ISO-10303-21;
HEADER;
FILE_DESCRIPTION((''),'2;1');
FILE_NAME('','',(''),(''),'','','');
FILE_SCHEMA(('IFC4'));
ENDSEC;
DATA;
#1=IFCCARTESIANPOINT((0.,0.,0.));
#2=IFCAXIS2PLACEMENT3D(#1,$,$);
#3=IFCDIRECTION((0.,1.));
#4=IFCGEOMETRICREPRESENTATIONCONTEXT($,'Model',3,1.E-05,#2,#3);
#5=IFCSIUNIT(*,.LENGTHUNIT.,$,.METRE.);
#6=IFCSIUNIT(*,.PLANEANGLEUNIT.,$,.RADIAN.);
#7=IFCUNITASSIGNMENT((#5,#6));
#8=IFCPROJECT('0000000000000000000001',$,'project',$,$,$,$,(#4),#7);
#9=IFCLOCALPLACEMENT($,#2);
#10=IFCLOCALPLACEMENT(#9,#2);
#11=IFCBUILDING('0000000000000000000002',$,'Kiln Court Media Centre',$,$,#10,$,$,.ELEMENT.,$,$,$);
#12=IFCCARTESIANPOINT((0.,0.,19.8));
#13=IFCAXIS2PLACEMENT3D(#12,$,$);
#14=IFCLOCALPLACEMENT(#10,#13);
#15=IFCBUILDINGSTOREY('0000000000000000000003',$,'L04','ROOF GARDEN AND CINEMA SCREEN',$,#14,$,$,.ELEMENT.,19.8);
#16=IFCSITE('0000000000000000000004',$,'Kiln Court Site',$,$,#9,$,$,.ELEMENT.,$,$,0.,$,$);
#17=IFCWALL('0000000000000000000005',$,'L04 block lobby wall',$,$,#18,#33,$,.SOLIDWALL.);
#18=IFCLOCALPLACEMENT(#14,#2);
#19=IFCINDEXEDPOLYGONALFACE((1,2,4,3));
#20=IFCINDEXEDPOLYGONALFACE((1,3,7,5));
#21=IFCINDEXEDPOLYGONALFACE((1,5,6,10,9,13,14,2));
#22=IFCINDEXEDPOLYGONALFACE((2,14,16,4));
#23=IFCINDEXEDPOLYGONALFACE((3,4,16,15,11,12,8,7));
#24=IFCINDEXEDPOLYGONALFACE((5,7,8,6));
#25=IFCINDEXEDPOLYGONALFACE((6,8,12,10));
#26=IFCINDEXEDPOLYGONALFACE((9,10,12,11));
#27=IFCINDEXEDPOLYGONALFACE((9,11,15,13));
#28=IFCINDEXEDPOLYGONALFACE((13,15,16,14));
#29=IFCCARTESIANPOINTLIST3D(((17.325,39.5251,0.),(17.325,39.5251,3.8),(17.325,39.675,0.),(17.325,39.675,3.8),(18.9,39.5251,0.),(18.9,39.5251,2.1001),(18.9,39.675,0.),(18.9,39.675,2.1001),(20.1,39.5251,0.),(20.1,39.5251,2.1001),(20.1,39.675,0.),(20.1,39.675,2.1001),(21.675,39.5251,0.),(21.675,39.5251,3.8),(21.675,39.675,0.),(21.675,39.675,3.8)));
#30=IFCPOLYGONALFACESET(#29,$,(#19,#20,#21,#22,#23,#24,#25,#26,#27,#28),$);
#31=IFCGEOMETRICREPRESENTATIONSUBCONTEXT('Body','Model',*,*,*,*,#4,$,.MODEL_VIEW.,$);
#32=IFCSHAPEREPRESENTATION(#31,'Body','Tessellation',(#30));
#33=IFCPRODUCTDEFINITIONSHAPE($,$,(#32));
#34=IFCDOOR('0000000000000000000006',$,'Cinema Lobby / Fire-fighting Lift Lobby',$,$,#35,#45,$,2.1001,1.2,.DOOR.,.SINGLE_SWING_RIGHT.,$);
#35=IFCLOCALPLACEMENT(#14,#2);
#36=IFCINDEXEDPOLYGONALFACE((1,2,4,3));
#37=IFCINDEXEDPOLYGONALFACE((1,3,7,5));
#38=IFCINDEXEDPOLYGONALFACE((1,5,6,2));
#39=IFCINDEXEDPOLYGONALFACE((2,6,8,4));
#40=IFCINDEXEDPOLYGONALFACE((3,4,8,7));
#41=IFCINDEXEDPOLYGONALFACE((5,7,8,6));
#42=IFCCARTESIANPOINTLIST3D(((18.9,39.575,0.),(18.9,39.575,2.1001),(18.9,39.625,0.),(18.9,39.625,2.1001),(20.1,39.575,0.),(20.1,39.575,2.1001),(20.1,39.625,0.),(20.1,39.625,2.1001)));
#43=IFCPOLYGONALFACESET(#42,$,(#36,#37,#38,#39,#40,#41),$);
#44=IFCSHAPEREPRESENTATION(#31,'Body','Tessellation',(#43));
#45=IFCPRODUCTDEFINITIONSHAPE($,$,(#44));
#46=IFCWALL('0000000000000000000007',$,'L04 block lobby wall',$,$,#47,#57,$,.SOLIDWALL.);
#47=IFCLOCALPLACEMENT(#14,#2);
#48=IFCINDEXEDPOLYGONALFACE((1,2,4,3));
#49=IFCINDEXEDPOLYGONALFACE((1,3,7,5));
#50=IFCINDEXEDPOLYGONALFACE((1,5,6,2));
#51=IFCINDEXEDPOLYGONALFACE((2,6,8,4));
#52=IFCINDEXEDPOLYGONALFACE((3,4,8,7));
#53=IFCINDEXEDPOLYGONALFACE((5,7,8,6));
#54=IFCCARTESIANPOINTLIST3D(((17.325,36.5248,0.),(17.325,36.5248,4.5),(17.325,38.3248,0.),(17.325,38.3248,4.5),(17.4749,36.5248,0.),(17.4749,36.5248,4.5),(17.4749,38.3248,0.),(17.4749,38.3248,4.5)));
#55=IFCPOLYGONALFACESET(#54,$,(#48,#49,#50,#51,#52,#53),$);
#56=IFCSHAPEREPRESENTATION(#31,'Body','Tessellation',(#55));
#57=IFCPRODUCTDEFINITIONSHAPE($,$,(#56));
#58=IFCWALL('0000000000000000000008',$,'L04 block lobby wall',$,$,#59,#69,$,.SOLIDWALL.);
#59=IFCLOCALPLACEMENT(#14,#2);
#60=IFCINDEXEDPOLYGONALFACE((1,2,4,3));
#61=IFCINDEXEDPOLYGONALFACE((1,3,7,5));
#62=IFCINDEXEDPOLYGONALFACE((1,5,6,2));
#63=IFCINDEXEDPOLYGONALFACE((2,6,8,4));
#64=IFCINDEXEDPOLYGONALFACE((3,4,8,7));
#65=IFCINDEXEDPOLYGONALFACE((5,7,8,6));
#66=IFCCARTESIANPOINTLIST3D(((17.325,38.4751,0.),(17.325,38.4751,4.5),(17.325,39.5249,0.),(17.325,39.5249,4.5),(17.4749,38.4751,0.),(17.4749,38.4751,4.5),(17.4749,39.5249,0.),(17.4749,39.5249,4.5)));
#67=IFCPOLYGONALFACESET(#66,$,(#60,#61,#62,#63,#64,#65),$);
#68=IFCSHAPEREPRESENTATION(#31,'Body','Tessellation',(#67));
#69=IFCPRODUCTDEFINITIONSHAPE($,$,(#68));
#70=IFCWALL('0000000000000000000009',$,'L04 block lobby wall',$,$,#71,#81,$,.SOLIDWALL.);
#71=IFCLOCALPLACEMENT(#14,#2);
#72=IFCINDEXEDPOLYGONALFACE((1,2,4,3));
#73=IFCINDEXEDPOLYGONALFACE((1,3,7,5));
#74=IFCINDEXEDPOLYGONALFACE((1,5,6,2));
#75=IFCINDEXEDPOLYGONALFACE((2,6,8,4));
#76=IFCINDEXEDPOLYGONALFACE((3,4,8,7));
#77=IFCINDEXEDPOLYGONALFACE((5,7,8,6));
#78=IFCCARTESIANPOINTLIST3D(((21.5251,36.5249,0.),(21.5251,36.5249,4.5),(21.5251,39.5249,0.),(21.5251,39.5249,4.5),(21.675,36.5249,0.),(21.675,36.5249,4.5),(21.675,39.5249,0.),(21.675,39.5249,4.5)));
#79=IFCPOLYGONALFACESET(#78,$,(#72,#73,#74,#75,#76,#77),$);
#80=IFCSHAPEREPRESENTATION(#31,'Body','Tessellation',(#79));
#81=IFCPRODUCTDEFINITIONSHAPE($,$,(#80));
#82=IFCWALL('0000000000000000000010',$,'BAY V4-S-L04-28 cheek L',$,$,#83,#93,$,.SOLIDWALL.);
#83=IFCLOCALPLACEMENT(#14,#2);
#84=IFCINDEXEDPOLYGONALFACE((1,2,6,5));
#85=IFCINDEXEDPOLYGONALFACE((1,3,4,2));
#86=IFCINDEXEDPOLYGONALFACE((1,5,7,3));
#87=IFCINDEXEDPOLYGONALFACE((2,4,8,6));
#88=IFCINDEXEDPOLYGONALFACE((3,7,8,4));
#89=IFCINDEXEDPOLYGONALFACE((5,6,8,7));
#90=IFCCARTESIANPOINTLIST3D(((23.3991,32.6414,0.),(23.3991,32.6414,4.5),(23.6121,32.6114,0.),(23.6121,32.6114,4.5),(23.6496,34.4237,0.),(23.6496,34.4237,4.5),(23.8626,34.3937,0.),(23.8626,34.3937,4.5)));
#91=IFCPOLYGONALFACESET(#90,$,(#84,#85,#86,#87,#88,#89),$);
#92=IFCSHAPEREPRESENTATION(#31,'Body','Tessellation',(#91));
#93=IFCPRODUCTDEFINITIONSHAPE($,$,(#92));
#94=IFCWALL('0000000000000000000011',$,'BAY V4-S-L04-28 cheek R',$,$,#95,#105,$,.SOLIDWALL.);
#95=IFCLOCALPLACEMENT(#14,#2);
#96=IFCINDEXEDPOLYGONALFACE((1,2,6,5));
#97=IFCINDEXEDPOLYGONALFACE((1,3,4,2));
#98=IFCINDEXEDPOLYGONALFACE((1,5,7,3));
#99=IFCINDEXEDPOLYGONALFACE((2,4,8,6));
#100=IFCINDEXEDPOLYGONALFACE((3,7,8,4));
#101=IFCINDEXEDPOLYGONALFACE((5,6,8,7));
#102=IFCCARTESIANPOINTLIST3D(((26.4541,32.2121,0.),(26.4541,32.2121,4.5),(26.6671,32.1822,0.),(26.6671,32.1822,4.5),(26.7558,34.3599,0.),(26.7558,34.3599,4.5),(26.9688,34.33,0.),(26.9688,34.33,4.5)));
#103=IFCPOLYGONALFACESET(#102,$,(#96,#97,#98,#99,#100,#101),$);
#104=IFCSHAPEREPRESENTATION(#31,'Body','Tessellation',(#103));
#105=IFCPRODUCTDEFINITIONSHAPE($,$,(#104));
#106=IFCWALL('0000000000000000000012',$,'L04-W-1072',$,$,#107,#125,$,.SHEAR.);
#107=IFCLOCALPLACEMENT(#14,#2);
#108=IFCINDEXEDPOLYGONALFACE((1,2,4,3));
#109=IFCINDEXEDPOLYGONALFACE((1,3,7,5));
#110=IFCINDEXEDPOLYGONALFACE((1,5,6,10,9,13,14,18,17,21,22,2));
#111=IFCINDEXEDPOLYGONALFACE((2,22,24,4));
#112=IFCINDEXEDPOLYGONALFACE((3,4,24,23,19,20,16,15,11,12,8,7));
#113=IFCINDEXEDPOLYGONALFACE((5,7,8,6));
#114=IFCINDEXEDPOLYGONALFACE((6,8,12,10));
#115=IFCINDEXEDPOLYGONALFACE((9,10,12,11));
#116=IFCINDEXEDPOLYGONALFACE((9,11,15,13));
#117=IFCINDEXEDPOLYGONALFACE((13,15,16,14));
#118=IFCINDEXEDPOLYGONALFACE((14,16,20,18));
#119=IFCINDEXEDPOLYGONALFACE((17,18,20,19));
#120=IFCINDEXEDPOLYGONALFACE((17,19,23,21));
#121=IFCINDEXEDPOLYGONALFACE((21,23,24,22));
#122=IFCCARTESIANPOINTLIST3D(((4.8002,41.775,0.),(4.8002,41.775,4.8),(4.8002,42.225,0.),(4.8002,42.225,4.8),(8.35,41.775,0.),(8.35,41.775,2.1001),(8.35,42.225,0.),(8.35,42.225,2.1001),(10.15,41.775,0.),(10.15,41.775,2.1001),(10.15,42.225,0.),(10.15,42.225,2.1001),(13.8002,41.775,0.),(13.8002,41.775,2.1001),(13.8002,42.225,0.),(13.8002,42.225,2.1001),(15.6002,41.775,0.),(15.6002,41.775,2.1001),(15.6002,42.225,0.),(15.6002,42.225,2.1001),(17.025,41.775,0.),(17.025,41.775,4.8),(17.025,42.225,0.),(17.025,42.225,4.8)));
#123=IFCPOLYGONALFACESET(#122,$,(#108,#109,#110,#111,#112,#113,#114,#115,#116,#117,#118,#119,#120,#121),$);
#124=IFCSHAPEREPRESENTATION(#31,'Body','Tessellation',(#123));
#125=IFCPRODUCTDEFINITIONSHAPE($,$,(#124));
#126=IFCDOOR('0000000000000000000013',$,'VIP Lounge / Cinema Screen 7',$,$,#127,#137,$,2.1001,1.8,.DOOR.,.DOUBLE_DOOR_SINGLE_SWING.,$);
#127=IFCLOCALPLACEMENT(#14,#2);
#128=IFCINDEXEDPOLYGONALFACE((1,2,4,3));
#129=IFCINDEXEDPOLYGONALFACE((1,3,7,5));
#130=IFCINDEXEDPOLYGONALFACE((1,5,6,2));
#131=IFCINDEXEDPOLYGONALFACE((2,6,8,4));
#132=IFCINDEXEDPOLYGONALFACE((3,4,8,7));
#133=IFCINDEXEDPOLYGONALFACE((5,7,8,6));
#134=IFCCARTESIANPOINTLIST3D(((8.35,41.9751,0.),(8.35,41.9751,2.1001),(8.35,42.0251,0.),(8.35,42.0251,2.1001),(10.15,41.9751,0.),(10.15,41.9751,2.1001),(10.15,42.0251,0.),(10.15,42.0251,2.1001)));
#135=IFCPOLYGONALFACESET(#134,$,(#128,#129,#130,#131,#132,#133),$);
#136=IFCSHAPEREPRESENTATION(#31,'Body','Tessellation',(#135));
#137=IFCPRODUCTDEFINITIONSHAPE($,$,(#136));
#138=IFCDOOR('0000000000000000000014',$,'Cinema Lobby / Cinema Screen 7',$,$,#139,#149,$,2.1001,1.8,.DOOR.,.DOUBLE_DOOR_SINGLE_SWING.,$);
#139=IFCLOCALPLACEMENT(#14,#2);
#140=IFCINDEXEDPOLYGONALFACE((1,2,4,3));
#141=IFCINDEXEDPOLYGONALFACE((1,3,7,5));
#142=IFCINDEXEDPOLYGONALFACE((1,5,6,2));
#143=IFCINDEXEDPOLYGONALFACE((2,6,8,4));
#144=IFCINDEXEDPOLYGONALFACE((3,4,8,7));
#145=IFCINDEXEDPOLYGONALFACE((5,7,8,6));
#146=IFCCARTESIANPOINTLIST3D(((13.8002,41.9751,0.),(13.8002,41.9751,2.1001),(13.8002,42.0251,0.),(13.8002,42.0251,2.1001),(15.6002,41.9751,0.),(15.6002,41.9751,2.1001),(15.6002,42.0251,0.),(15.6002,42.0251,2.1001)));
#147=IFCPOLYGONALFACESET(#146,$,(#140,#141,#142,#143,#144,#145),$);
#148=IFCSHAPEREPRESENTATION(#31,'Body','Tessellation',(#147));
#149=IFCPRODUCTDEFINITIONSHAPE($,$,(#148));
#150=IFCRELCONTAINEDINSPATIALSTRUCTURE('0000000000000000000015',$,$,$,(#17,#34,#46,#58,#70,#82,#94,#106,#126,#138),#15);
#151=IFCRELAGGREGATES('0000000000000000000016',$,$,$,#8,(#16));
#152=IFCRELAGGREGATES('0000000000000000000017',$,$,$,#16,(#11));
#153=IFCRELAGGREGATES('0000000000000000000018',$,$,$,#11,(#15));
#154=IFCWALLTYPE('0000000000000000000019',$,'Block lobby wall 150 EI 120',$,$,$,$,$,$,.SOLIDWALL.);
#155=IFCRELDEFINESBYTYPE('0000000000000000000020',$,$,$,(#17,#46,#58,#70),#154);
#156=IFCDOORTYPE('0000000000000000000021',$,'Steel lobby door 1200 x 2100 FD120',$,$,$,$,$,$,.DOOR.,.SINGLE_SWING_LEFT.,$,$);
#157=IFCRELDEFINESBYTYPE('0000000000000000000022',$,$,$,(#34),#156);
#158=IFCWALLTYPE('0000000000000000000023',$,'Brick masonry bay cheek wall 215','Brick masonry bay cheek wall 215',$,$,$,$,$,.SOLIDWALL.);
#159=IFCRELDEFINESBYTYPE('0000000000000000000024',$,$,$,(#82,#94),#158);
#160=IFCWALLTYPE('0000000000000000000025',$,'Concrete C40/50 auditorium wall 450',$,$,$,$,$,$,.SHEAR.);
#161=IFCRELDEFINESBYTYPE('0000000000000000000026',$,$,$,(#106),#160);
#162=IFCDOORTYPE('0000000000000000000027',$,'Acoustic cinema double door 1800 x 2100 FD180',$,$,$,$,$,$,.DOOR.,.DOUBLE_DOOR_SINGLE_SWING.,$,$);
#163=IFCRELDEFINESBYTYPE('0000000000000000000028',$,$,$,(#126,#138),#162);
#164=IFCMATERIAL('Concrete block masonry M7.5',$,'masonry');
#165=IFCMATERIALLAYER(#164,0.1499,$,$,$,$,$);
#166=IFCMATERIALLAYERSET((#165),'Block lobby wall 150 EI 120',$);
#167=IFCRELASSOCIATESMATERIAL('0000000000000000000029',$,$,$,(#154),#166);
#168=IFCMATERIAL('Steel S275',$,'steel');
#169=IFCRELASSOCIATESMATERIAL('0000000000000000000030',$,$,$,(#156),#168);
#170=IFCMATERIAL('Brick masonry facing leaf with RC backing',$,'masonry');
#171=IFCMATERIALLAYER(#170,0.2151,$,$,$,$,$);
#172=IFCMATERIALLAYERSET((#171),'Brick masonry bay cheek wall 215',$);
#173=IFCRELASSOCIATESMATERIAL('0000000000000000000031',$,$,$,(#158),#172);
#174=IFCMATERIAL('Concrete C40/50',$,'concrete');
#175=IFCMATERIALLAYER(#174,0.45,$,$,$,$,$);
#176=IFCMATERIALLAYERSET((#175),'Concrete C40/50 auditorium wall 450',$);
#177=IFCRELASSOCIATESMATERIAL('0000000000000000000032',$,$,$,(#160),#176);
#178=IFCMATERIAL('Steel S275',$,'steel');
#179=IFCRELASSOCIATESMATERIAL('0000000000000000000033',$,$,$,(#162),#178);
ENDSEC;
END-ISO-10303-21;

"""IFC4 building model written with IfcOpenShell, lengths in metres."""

from ifc_helpers import new_model, si_unit, direction, frame, frame_2d, origin, place, context, subcontext, project, spatial, rectangle, extrude, material, layer, layer_set, type_object, element, fill, save


model = new_model("IFC4")

# Units and contexts
model_context = context("Model", 3, precision=1e-05, world=origin(), true_north=direction((0.0, 1.0)))
body_context = subcontext(model_context, "Body", "Model", "MODEL_VIEW")
ifc_project = project(units=[si_unit("LENGTHUNIT", "METRE"), si_unit("PLANEANGLEUNIT", "RADIAN")], contexts=[model_context])

# Site, building, storey
site_placement = place(None, origin())
site = spatial("IfcSite", under=ifc_project, at=site_placement, Name="Kiln Court Site", CompositionType="ELEMENT", RefElevation=0.0)
building_placement = place(site_placement, origin())
building = spatial("IfcBuilding", under=site, at=building_placement, Name="Kiln Court Media Centre", CompositionType="ELEMENT")
storey_placement = place(building_placement, frame((0.0, 0.0, 19.8)))
storey = spatial("IfcBuildingStorey", under=building, at=storey_placement, Name="L04", Description="ROOF GARDEN AND CINEMA SCREEN", CompositionType="ELEMENT", Elevation=19.8)

# Wall, opening, door
ifc_material_1 = material(Name="Concrete block masonry M7.5", Category="masonry")
ifc_layer_1 = layer(ifc_material_1, 0.1499)
ifc_layer_set_1 = layer_set([ifc_layer_1], Name="Block lobby wall 150 EI 120")
wall_type_1 = type_object("IfcWallType", Name="Block lobby wall 150 EI 120", PredefinedType="SOLIDWALL", material=ifc_layer_set_1)
wall_1_placement = place(storey_placement, frame((17.325, 39.6001, 0.0), z_axis=(0.0, 0.0, 1.0), x_axis=(1.0, 0.0, 0.0)))
wall_1 = element("IfcWall", 1, at=wall_1_placement, inside=storey, type_object=wall_type_1, Name="L04 block lobby wall", PredefinedType="SOLIDWALL", context=body_context, shape_type="SweptSolid", body=[
    extrude(rectangle(XDim=4.3501, YDim=0.1499, at=frame_2d((2.175, 0.0))), origin(), (0.0, 0.0, 1.0), 3.8),
])
opening_1_placement = place(wall_1_placement, frame((1.575, 0.0, 0.0)))
opening_1 = element("IfcOpeningElement", 2, at=opening_1_placement, cuts=wall_1, PredefinedType="OPENING", context=body_context, shape_type="SweptSolid", body=[
    extrude(rectangle(XDim=1.2, YDim=2.1001, at=frame_2d((0.6001, 1.05))), frame((0.0, 0.085, 0.0), z_axis=(0.0, -1.0, 0.0), x_axis=(1.0, 0.0, 0.0)), (0.0, 0.0, 1.0), 0.1699),
])
ifc_material_2 = material(Name="Steel S275", Category="steel")
door_type_1 = type_object("IfcDoorType", Name="Steel lobby door 1200 x 2100 FD120", OperationType="SINGLE_SWING_LEFT", PredefinedType="DOOR", material=ifc_material_2)
door_1_placement = place(opening_1_placement, origin())
door_1 = element("IfcDoor", 3, at=door_1_placement, inside=storey, type_object=door_type_1, Name="Cinema Lobby / Fire-fighting Lift Lobby", OperationType="SINGLE_SWING_RIGHT", OverallHeight=2.1001, OverallWidth=1.2, PredefinedType="DOOR", context=body_context, shape_type="SweptSolid", body=[
    extrude(rectangle(XDim=1.2, YDim=2.1001, at=frame_2d((0.6001, 1.05))), frame((0.0, 0.0249, 0.0), z_axis=(0.0, -1.0, 0.0), x_axis=(1.0, 0.0, 0.0)), (0.0, 0.0, 1.0), 0.05),
])
fill(opening_1, door_1)

# Walls
wall_2_placement = place(storey_placement, frame((17.3999, 36.5249, 0.0), z_axis=(0.0, 0.0, 1.0), x_axis=(0.0, 1.0, 0.0)))
element("IfcWall", 4, at=wall_2_placement, inside=storey, type_object=wall_type_1, Name="L04 block lobby wall", PredefinedType="SOLIDWALL", context=body_context, shape_type="SweptSolid", body=[
    extrude(rectangle(XDim=1.8, YDim=0.1499, at=frame_2d((0.8999, 0.0))), origin(), (0.0, 0.0, 1.0), 4.5),
])
wall_3_placement = place(storey_placement, frame((17.3999, 38.4751, 0.0), z_axis=(0.0, 0.0, 1.0), x_axis=(0.0, 1.0, 0.0)))
element("IfcWall", 5, at=wall_3_placement, inside=storey, type_object=wall_type_1, Name="L04 block lobby wall", PredefinedType="SOLIDWALL", context=body_context, shape_type="SweptSolid", body=[
    extrude(rectangle(XDim=1.0498, YDim=0.1499, at=frame_2d((0.5249, 0.0))), origin(), (0.0, 0.0, 1.0), 4.5),
])
wall_4_placement = place(storey_placement, frame((21.6001, 36.5249, 0.0), z_axis=(0.0, 0.0, 1.0), x_axis=(0.0, 1.0, 0.0)))
element("IfcWall", 6, at=wall_4_placement, inside=storey, type_object=wall_type_1, Name="L04 block lobby wall", PredefinedType="SOLIDWALL", context=body_context, shape_type="SweptSolid", body=[
    extrude(rectangle(XDim=3.0, YDim=0.1499, at=frame_2d((1.5, 0.0))), origin(), (0.0, 0.0, 1.0), 4.5),
])
ifc_material_3 = material(Name="Brick masonry facing leaf with RC backing", Category="masonry")
ifc_layer_2 = layer(ifc_material_3, 0.2151)
ifc_layer_set_2 = layer_set([ifc_layer_2], Name="Brick masonry bay cheek wall 215")
wall_type_2 = type_object("IfcWallType", Name="Brick masonry bay cheek wall 215", Description="Brick masonry bay cheek wall 215", PredefinedType="SOLIDWALL", material=ifc_layer_set_2)
wall_5_placement = place(storey_placement, frame((23.7561, 34.4087, 0.0), z_axis=(0.0, 0.0, 1.0), x_axis=(-0.13918, -0.990267, 0.0)))
element("IfcWall", 7, at=wall_5_placement, inside=storey, type_object=wall_type_2, Name="BAY V4-S-L04-28 cheek L", PredefinedType="SOLIDWALL", context=body_context, shape_type="SweptSolid", body=[
    extrude(rectangle(XDim=1.7998, YDim=0.2151, at=frame_2d((0.8999, 0.0))), origin(), (0.0, 0.0, 1.0), 4.5),
])
wall_6_placement = place(storey_placement, frame((26.8623, 34.345, 0.0), z_axis=(0.0, 0.0, 1.0), x_axis=(-0.13912, -0.990275, 0.0)))
element("IfcWall", 8, at=wall_6_placement, inside=storey, type_object=wall_type_2, Name="BAY V4-S-L04-28 cheek R", PredefinedType="SOLIDWALL", context=body_context, shape_type="SweptSolid", body=[
    extrude(rectangle(XDim=2.1689, YDim=0.2151, at=frame_2d((1.0845, 0.0))), origin(), (0.0, 0.0, 1.0), 4.5),
])

# Wall, openings, doors
ifc_material_4 = material(Name="Concrete C40/50", Category="concrete")
ifc_layer_3 = layer(ifc_material_4, 0.45)
ifc_layer_set_3 = layer_set([ifc_layer_3], Name="Concrete C40/50 auditorium wall 450")
wall_type_3 = type_object("IfcWallType", Name="Concrete C40/50 auditorium wall 450", PredefinedType="SHEAR", material=ifc_layer_set_3)
wall_7_placement = place(storey_placement, frame((17.0249, 42.0, 0.0), z_axis=(0.0, 0.0, 1.0), x_axis=(-1.0, 0.0, 0.0)))
wall_7 = element("IfcWall", 9, at=wall_7_placement, inside=storey, type_object=wall_type_3, Name="L04-W-1072", PredefinedType="SHEAR", context=body_context, shape_type="SweptSolid", body=[
    extrude(rectangle(XDim=12.2249, YDim=0.45, at=frame_2d((6.1123, 0.0))), origin(), (0.0, 0.0, 1.0), 4.8),
])
opening_2_placement = place(wall_7_placement, frame((6.875, 0.0, 0.0)))
opening_2 = element("IfcOpeningElement", 10, at=opening_2_placement, cuts=wall_7, PredefinedType="OPENING", context=body_context, shape_type="SweptSolid", body=[
    extrude(rectangle(XDim=1.8, YDim=2.1001, at=frame_2d((0.8999, 1.05))), frame((0.0, 0.2349, 0.0), z_axis=(0.0, -1.0, 0.0), x_axis=(1.0, 0.0, 0.0)), (0.0, 0.0, 1.0), 0.47),
])
opening_3_placement = place(wall_7_placement, frame((1.4248, 0.0, 0.0)))
opening_3 = element("IfcOpeningElement", 11, at=opening_3_placement, cuts=wall_7, PredefinedType="OPENING", context=body_context, shape_type="SweptSolid", body=[
    extrude(rectangle(XDim=1.8, YDim=2.1001, at=frame_2d((0.8999, 1.05))), frame((0.0, 0.2349, 0.0), z_axis=(0.0, -1.0, 0.0), x_axis=(1.0, 0.0, 0.0)), (0.0, 0.0, 1.0), 0.47),
])
ifc_material_5 = material(Name="Steel S275", Category="steel")
door_type_2 = type_object("IfcDoorType", Name="Acoustic cinema double door 1800 x 2100 FD180", OperationType="DOUBLE_DOOR_SINGLE_SWING", PredefinedType="DOOR", material=ifc_material_5)
door_2_placement = place(opening_2_placement, origin())
door_2 = element("IfcDoor", 12, at=door_2_placement, inside=storey, type_object=door_type_2, Name="VIP Lounge / Cinema Screen 7", OperationType="DOUBLE_DOOR_SINGLE_SWING", OverallHeight=2.1001, OverallWidth=1.8, PredefinedType="DOOR", context=body_context, shape_type="SweptSolid", body=[
    extrude(rectangle(XDim=1.8, YDim=2.1001, at=frame_2d((0.8999, 1.05))), frame((0.0, 0.0249, 0.0), z_axis=(0.0, -1.0, 0.0), x_axis=(1.0, 0.0, 0.0)), (0.0, 0.0, 1.0), 0.05),
])
fill(opening_2, door_2)
door_3_placement = place(opening_3_placement, origin())
door_3 = element("IfcDoor", 13, at=door_3_placement, inside=storey, type_object=door_type_2, Name="Cinema Lobby / Cinema Screen 7", OperationType="DOUBLE_DOOR_SINGLE_SWING", OverallHeight=2.1001, OverallWidth=1.8, PredefinedType="DOOR", context=body_context, shape_type="SweptSolid", body=[
    extrude(rectangle(XDim=1.8, YDim=2.1001, at=frame_2d((0.8999, 1.05))), frame((0.0, 0.0249, 0.0), z_axis=(0.0, -1.0, 0.0), x_axis=(1.0, 0.0, 0.0)), (0.0, 0.0, 1.0), 0.05),
])
fill(opening_3, door_3)

save(model, "model.ifc")
